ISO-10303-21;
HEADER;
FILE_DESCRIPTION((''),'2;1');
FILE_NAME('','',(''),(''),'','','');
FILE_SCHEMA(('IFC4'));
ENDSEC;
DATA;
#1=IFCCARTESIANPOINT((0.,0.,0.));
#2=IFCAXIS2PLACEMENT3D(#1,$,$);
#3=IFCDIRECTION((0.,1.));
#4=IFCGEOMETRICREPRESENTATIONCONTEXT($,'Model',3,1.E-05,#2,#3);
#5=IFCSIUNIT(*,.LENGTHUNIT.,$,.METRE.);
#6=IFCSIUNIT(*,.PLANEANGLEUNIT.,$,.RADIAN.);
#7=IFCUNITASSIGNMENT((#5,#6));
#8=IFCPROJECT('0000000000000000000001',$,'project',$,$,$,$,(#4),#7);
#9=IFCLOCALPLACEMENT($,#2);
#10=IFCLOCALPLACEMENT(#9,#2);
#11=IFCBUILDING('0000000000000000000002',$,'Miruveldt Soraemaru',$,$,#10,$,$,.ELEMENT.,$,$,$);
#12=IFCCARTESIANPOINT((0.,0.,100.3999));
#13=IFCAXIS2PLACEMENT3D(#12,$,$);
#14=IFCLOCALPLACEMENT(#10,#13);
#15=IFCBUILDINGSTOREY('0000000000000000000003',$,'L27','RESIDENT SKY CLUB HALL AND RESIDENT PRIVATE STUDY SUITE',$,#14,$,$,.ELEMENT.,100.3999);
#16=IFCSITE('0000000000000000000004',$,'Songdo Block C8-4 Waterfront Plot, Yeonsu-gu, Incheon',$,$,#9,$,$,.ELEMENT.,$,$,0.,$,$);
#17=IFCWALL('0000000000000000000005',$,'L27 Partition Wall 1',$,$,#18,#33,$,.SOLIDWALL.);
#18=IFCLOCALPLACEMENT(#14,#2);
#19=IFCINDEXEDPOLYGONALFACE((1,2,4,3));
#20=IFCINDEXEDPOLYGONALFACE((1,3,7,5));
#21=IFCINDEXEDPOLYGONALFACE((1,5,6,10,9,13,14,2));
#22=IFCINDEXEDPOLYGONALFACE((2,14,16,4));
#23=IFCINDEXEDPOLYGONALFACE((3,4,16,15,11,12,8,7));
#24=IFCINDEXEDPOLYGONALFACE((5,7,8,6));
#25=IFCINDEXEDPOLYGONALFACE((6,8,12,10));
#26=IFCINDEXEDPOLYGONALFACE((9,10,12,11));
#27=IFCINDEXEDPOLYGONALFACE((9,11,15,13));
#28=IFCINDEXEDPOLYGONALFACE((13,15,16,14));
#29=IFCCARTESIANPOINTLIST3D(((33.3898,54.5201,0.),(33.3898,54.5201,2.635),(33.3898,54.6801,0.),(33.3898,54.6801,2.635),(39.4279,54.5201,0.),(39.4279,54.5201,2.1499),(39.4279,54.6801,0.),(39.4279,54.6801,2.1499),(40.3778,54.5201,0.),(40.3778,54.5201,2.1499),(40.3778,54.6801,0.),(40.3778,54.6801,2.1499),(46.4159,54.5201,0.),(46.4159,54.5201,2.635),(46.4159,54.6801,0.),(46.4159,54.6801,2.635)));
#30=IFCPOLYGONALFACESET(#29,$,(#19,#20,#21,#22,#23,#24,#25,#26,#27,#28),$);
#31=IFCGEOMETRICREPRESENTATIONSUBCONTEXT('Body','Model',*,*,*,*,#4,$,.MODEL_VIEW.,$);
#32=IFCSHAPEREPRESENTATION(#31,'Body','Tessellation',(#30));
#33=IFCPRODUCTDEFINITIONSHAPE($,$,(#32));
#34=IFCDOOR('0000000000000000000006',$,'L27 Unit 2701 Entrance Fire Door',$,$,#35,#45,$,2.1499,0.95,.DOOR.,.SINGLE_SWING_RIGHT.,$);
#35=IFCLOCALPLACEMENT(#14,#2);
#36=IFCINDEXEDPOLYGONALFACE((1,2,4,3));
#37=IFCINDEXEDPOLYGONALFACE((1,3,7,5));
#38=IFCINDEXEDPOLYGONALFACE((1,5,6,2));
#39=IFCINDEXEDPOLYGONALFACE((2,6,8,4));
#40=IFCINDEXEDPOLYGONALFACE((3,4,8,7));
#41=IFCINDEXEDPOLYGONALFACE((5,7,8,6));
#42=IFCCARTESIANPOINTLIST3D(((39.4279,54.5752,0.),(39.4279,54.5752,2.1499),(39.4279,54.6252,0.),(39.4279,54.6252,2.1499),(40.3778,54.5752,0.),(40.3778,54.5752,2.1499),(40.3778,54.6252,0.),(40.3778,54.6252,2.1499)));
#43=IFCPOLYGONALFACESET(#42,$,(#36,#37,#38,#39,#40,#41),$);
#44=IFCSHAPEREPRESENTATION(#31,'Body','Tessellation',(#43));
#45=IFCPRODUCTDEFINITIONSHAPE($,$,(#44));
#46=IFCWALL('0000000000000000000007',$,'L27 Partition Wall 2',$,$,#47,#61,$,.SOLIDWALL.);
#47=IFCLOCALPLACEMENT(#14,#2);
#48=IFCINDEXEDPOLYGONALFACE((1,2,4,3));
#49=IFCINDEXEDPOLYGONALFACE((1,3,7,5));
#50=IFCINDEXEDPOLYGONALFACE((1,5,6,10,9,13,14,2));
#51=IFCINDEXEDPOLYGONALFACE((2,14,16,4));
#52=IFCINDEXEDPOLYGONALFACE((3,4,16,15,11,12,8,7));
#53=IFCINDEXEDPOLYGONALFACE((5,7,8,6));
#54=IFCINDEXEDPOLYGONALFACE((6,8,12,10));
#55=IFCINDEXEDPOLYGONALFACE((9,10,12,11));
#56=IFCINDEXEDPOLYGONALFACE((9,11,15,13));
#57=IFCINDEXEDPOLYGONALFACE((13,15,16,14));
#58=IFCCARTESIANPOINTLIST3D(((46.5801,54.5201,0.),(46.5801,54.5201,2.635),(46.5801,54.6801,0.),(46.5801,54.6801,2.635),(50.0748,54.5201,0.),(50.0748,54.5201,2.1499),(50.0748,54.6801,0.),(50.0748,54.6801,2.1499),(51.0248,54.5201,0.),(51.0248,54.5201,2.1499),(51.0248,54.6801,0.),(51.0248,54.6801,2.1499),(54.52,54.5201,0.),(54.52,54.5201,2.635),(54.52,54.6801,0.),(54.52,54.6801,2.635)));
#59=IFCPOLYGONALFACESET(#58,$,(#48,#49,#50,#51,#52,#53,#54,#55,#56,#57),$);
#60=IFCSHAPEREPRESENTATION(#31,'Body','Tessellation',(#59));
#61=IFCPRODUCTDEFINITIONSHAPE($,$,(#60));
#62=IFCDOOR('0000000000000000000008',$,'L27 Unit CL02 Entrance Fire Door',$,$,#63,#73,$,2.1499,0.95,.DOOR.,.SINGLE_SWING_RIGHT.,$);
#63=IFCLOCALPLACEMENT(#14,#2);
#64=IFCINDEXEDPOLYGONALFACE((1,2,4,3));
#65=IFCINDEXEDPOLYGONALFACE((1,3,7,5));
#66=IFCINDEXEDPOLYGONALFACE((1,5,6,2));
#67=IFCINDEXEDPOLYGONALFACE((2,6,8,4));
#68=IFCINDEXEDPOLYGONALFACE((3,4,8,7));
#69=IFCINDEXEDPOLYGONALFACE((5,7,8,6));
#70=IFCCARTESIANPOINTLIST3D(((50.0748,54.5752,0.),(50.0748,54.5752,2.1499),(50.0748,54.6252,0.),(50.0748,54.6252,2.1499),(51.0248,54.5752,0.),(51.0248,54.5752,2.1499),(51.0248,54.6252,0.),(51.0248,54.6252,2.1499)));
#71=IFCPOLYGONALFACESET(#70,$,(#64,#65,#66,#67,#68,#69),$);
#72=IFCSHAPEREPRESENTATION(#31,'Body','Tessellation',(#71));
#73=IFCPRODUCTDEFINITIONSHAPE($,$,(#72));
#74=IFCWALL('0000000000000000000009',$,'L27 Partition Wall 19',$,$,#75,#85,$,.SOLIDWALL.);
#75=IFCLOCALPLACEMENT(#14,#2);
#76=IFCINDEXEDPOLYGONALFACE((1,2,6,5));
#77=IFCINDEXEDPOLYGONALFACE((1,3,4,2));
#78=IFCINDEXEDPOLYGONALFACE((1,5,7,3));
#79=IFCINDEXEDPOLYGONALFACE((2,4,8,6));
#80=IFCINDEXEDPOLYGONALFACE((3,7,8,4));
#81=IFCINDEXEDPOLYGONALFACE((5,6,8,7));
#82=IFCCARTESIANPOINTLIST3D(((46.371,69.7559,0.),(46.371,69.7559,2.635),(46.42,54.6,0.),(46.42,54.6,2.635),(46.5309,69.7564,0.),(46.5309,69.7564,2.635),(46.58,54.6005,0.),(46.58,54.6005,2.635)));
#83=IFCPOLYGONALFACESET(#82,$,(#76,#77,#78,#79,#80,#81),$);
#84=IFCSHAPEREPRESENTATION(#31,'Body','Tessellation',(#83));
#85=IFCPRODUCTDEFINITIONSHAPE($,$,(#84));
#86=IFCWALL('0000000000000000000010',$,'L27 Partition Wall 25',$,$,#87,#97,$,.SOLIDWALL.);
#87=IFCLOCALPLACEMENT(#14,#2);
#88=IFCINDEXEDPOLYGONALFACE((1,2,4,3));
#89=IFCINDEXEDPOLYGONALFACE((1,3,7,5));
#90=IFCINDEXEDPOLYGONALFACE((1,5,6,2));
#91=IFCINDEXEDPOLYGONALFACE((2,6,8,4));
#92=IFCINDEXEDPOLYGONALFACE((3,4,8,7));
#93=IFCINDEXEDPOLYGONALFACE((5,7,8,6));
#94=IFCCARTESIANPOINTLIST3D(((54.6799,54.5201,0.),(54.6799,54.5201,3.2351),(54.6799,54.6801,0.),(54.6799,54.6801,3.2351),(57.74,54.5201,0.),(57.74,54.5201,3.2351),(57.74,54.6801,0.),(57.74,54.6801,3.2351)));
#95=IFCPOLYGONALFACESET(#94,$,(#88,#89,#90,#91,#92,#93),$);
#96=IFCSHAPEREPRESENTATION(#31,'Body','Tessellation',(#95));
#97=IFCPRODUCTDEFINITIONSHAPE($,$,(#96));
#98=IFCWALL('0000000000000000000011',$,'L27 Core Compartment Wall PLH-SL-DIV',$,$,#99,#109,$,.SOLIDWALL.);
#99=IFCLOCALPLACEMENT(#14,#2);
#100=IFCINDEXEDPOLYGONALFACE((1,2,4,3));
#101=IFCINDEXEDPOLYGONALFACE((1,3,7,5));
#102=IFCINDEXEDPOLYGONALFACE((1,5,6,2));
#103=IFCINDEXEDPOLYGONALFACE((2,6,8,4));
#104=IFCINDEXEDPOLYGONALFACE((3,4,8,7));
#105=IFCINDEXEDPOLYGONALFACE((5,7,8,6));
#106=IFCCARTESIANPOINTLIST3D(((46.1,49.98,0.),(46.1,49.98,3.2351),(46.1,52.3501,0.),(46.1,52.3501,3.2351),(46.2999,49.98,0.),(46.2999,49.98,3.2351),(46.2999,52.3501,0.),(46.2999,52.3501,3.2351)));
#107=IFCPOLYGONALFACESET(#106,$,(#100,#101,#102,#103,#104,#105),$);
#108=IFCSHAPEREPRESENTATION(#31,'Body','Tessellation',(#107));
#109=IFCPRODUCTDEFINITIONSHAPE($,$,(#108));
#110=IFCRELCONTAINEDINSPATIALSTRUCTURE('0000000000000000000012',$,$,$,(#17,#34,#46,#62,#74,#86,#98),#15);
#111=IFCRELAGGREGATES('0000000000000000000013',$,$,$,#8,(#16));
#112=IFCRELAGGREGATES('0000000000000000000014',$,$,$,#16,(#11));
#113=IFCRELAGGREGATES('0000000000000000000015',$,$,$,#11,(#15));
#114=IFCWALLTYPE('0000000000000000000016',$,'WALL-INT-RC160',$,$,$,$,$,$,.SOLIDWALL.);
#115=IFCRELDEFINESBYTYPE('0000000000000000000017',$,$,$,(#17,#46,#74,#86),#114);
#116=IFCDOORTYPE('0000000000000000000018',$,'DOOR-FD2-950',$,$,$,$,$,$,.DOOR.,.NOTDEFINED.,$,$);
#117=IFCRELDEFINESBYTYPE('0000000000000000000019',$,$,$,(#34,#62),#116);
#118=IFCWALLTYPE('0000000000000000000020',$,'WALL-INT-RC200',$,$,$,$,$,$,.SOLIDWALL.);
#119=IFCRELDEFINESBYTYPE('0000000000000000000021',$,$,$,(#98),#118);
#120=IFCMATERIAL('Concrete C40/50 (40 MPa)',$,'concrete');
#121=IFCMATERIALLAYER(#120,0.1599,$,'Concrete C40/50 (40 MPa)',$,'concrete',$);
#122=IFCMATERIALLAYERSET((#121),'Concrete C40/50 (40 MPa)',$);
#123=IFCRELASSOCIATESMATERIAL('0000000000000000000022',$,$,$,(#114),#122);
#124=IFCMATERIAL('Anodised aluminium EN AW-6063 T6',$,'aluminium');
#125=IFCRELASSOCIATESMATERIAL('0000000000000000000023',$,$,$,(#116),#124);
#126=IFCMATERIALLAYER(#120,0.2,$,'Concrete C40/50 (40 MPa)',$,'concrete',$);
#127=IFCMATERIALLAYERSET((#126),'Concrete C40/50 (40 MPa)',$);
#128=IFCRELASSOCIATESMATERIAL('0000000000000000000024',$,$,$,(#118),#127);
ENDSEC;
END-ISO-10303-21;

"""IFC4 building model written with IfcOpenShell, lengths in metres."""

from ifc_helpers import new_model, si_unit, direction, frame, frame_2d, origin, place, context, subcontext, project, spatial, rectangle, extrude, material, layer, layer_set, type_object, element, fill, save


model = new_model("IFC4")

# Units and contexts
model_context = context("Model", 3, precision=1e-05, world=origin(), true_north=direction((0.0, 1.0)))
body_context = subcontext(model_context, "Body", "Model", "MODEL_VIEW")
ifc_project = project(units=[si_unit("LENGTHUNIT", "METRE"), si_unit("PLANEANGLEUNIT", "RADIAN")], contexts=[model_context])

# Site, building, storey
site_placement = place(None, origin())
site = spatial("IfcSite", under=ifc_project, at=site_placement, Name="Songdo Block C8-4 Waterfront Plot, Yeonsu-gu, Incheon", CompositionType="ELEMENT", RefElevation=0.0)
building_placement = place(site_placement, origin())
building = spatial("IfcBuilding", under=site, at=building_placement, Name="Miruveldt Soraemaru", CompositionType="ELEMENT")
storey_placement = place(building_placement, frame((0.0, 0.0, 100.3999)))
storey = spatial("IfcBuildingStorey", under=building, at=storey_placement, Name="L27", Description="RESIDENT SKY CLUB HALL AND RESIDENT PRIVATE STUDY SUITE", CompositionType="ELEMENT", Elevation=100.3999)

# Shared definitions
ifc_material_1 = material(Name="Anodised aluminium EN AW-6063 T6", Category="aluminium")

# Walls, openings, doors
ifc_material_2 = material(Name="Concrete C40/50 (40 MPa)", Category="concrete")
ifc_layer_1 = layer(ifc_material_2, 0.1599, Name="Concrete C40/50 (40 MPa)", Category="concrete")
ifc_layer_set_1 = layer_set([ifc_layer_1], Name="Concrete C40/50 (40 MPa)")
wall_type_1 = type_object("IfcWallType", Name="WALL-INT-RC160", PredefinedType="SOLIDWALL", material=ifc_layer_set_1)
wall_1_placement = place(storey_placement, frame((46.416, 54.6001, 0.0), z_axis=(0.0, 0.0, 1.0), x_axis=(-1.0, 0.0, 0.0)))
wall_1 = element("IfcWall", 1, at=wall_1_placement, inside=storey, type_object=wall_type_1, Name="L27 Partition Wall 1", PredefinedType="SOLIDWALL", context=body_context, shape_type="SweptSolid", body=[
    extrude(rectangle(XDim=13.0261, YDim=0.1599, at=frame_2d((6.5132, 0.0))), origin(), (0.0, 0.0, 1.0), 2.635),
])
opening_1_placement = place(wall_1_placement, frame((6.0381, 0.0, 0.0)))
opening_1 = element("IfcOpeningElement", 2, at=opening_1_placement, cuts=wall_1, PredefinedType="OPENING", context=body_context, shape_type="SweptSolid", body=[
    extrude(rectangle(XDim=0.95, YDim=2.1499, at=frame_2d((0.4751, 1.075))), frame((0.0, 0.0898, 0.0), z_axis=(0.0, -1.0, 0.0), x_axis=(1.0, 0.0, 0.0)), (0.0, 0.0, 1.0), 0.1799),
])
door_type_1 = type_object("IfcDoorType", Name="DOOR-FD2-950", OperationType="NOTDEFINED", PredefinedType="DOOR", material=ifc_material_1)
door_1_placement = place(opening_1_placement, origin())
door_1 = element("IfcDoor", 3, at=door_1_placement, inside=storey, type_object=door_type_1, Name="L27 Unit 2701 Entrance Fire Door", OperationType="SINGLE_SWING_RIGHT", OverallHeight=2.1499, OverallWidth=0.95, PredefinedType="DOOR", context=body_context, shape_type="SweptSolid", body=[
    extrude(rectangle(XDim=0.95, YDim=2.1499, at=frame_2d((0.4751, 1.075))), frame((0.0, 0.0249, 0.0), z_axis=(0.0, -1.0, 0.0), x_axis=(1.0, 0.0, 0.0)), (0.0, 0.0, 1.0), 0.05),
])
fill(opening_1, door_1)
wall_2_placement = place(storey_placement, frame((54.52, 54.6001, 0.0), z_axis=(0.0, 0.0, 1.0), x_axis=(-1.0, 0.0, 0.0)))
wall_2 = element("IfcWall", 4, at=wall_2_placement, inside=storey, type_object=wall_type_1, Name="L27 Partition Wall 2", PredefinedType="SOLIDWALL", context=body_context, shape_type="SweptSolid", body=[
    extrude(rectangle(XDim=7.9399, YDim=0.1599, at=frame_2d((3.97, 0.0))), origin(), (0.0, 0.0, 1.0), 2.635),
])
opening_2_placement = place(wall_2_placement, frame((3.4951, 0.0, 0.0)))
opening_2 = element("IfcOpeningElement", 5, at=opening_2_placement, cuts=wall_2, PredefinedType="OPENING", context=body_context, shape_type="SweptSolid", body=[
    extrude(rectangle(XDim=0.95, YDim=2.1499, at=frame_2d((0.4751, 1.075))), frame((0.0, 0.0898, 0.0), z_axis=(0.0, -1.0, 0.0), x_axis=(1.0, 0.0, 0.0)), (0.0, 0.0, 1.0), 0.1799),
])
door_2_placement = place(opening_2_placement, origin())
door_2 = element("IfcDoor", 6, at=door_2_placement, inside=storey, type_object=door_type_1, Name="L27 Unit CL02 Entrance Fire Door", OperationType="SINGLE_SWING_RIGHT", OverallHeight=2.1499, OverallWidth=0.95, PredefinedType="DOOR", context=body_context, shape_type="SweptSolid", body=[
    extrude(rectangle(XDim=0.95, YDim=2.1499, at=frame_2d((0.4751, 1.075))), frame((0.0, 0.0249, 0.0), z_axis=(0.0, -1.0, 0.0), x_axis=(1.0, 0.0, 0.0)), (0.0, 0.0, 1.0), 0.05),
])
fill(opening_2, door_2)

# Walls
wall_3_placement = place(storey_placement, frame((46.5, 54.6001, 0.0), z_axis=(0.0, 0.0, 1.0), x_axis=(-0.003238, 0.999995, 0.0)))
element("IfcWall", 7, at=wall_3_placement, inside=storey, type_object=wall_type_1, Name="L27 Partition Wall 19", PredefinedType="SOLIDWALL", context=body_context, shape_type="SweptSolid", body=[
    extrude(rectangle(XDim=15.156, YDim=0.1599, at=frame_2d((7.5781, 0.0))), origin(), (0.0, 0.0, 1.0), 2.635),
])
wall_4_placement = place(storey_placement, frame((54.6799, 54.6001, 0.0), z_axis=(0.0, 0.0, 1.0), x_axis=(1.0, 0.0, 0.0)))
element("IfcWall", 8, at=wall_4_placement, inside=storey, type_object=wall_type_1, Name="L27 Partition Wall 25", PredefinedType="SOLIDWALL", context=body_context, shape_type="SweptSolid", body=[
    extrude(rectangle(XDim=3.0601, YDim=0.1599, at=frame_2d((1.53, 0.0))), origin(), (0.0, 0.0, 1.0), 3.2351),
])

# Shared definitions
ifc_layer_2 = layer(ifc_material_2, 0.2, Name="Concrete C40/50 (40 MPa)", Category="concrete")
ifc_layer_set_2 = layer_set([ifc_layer_2], Name="Concrete C40/50 (40 MPa)")
wall_type_2 = type_object("IfcWallType", Name="WALL-INT-RC200", PredefinedType="SOLIDWALL", material=ifc_layer_set_2)

# Wall
wall_5_placement = place(storey_placement, frame((46.2, 49.98, 0.0), z_axis=(0.0, 0.0, 1.0), x_axis=(0.0, 1.0, 0.0)))
element("IfcWall", 9, at=wall_5_placement, inside=storey, type_object=wall_type_2, Name="L27 Core Compartment Wall PLH-SL-DIV", PredefinedType="SOLIDWALL", context=body_context, shape_type="SweptSolid", body=[
    extrude(rectangle(XDim=2.3701, YDim=0.2, at=frame_2d((1.1851, 0.0))), origin(), (0.0, 0.0, 1.0), 3.2351),
])

save(model, "model.ifc")
